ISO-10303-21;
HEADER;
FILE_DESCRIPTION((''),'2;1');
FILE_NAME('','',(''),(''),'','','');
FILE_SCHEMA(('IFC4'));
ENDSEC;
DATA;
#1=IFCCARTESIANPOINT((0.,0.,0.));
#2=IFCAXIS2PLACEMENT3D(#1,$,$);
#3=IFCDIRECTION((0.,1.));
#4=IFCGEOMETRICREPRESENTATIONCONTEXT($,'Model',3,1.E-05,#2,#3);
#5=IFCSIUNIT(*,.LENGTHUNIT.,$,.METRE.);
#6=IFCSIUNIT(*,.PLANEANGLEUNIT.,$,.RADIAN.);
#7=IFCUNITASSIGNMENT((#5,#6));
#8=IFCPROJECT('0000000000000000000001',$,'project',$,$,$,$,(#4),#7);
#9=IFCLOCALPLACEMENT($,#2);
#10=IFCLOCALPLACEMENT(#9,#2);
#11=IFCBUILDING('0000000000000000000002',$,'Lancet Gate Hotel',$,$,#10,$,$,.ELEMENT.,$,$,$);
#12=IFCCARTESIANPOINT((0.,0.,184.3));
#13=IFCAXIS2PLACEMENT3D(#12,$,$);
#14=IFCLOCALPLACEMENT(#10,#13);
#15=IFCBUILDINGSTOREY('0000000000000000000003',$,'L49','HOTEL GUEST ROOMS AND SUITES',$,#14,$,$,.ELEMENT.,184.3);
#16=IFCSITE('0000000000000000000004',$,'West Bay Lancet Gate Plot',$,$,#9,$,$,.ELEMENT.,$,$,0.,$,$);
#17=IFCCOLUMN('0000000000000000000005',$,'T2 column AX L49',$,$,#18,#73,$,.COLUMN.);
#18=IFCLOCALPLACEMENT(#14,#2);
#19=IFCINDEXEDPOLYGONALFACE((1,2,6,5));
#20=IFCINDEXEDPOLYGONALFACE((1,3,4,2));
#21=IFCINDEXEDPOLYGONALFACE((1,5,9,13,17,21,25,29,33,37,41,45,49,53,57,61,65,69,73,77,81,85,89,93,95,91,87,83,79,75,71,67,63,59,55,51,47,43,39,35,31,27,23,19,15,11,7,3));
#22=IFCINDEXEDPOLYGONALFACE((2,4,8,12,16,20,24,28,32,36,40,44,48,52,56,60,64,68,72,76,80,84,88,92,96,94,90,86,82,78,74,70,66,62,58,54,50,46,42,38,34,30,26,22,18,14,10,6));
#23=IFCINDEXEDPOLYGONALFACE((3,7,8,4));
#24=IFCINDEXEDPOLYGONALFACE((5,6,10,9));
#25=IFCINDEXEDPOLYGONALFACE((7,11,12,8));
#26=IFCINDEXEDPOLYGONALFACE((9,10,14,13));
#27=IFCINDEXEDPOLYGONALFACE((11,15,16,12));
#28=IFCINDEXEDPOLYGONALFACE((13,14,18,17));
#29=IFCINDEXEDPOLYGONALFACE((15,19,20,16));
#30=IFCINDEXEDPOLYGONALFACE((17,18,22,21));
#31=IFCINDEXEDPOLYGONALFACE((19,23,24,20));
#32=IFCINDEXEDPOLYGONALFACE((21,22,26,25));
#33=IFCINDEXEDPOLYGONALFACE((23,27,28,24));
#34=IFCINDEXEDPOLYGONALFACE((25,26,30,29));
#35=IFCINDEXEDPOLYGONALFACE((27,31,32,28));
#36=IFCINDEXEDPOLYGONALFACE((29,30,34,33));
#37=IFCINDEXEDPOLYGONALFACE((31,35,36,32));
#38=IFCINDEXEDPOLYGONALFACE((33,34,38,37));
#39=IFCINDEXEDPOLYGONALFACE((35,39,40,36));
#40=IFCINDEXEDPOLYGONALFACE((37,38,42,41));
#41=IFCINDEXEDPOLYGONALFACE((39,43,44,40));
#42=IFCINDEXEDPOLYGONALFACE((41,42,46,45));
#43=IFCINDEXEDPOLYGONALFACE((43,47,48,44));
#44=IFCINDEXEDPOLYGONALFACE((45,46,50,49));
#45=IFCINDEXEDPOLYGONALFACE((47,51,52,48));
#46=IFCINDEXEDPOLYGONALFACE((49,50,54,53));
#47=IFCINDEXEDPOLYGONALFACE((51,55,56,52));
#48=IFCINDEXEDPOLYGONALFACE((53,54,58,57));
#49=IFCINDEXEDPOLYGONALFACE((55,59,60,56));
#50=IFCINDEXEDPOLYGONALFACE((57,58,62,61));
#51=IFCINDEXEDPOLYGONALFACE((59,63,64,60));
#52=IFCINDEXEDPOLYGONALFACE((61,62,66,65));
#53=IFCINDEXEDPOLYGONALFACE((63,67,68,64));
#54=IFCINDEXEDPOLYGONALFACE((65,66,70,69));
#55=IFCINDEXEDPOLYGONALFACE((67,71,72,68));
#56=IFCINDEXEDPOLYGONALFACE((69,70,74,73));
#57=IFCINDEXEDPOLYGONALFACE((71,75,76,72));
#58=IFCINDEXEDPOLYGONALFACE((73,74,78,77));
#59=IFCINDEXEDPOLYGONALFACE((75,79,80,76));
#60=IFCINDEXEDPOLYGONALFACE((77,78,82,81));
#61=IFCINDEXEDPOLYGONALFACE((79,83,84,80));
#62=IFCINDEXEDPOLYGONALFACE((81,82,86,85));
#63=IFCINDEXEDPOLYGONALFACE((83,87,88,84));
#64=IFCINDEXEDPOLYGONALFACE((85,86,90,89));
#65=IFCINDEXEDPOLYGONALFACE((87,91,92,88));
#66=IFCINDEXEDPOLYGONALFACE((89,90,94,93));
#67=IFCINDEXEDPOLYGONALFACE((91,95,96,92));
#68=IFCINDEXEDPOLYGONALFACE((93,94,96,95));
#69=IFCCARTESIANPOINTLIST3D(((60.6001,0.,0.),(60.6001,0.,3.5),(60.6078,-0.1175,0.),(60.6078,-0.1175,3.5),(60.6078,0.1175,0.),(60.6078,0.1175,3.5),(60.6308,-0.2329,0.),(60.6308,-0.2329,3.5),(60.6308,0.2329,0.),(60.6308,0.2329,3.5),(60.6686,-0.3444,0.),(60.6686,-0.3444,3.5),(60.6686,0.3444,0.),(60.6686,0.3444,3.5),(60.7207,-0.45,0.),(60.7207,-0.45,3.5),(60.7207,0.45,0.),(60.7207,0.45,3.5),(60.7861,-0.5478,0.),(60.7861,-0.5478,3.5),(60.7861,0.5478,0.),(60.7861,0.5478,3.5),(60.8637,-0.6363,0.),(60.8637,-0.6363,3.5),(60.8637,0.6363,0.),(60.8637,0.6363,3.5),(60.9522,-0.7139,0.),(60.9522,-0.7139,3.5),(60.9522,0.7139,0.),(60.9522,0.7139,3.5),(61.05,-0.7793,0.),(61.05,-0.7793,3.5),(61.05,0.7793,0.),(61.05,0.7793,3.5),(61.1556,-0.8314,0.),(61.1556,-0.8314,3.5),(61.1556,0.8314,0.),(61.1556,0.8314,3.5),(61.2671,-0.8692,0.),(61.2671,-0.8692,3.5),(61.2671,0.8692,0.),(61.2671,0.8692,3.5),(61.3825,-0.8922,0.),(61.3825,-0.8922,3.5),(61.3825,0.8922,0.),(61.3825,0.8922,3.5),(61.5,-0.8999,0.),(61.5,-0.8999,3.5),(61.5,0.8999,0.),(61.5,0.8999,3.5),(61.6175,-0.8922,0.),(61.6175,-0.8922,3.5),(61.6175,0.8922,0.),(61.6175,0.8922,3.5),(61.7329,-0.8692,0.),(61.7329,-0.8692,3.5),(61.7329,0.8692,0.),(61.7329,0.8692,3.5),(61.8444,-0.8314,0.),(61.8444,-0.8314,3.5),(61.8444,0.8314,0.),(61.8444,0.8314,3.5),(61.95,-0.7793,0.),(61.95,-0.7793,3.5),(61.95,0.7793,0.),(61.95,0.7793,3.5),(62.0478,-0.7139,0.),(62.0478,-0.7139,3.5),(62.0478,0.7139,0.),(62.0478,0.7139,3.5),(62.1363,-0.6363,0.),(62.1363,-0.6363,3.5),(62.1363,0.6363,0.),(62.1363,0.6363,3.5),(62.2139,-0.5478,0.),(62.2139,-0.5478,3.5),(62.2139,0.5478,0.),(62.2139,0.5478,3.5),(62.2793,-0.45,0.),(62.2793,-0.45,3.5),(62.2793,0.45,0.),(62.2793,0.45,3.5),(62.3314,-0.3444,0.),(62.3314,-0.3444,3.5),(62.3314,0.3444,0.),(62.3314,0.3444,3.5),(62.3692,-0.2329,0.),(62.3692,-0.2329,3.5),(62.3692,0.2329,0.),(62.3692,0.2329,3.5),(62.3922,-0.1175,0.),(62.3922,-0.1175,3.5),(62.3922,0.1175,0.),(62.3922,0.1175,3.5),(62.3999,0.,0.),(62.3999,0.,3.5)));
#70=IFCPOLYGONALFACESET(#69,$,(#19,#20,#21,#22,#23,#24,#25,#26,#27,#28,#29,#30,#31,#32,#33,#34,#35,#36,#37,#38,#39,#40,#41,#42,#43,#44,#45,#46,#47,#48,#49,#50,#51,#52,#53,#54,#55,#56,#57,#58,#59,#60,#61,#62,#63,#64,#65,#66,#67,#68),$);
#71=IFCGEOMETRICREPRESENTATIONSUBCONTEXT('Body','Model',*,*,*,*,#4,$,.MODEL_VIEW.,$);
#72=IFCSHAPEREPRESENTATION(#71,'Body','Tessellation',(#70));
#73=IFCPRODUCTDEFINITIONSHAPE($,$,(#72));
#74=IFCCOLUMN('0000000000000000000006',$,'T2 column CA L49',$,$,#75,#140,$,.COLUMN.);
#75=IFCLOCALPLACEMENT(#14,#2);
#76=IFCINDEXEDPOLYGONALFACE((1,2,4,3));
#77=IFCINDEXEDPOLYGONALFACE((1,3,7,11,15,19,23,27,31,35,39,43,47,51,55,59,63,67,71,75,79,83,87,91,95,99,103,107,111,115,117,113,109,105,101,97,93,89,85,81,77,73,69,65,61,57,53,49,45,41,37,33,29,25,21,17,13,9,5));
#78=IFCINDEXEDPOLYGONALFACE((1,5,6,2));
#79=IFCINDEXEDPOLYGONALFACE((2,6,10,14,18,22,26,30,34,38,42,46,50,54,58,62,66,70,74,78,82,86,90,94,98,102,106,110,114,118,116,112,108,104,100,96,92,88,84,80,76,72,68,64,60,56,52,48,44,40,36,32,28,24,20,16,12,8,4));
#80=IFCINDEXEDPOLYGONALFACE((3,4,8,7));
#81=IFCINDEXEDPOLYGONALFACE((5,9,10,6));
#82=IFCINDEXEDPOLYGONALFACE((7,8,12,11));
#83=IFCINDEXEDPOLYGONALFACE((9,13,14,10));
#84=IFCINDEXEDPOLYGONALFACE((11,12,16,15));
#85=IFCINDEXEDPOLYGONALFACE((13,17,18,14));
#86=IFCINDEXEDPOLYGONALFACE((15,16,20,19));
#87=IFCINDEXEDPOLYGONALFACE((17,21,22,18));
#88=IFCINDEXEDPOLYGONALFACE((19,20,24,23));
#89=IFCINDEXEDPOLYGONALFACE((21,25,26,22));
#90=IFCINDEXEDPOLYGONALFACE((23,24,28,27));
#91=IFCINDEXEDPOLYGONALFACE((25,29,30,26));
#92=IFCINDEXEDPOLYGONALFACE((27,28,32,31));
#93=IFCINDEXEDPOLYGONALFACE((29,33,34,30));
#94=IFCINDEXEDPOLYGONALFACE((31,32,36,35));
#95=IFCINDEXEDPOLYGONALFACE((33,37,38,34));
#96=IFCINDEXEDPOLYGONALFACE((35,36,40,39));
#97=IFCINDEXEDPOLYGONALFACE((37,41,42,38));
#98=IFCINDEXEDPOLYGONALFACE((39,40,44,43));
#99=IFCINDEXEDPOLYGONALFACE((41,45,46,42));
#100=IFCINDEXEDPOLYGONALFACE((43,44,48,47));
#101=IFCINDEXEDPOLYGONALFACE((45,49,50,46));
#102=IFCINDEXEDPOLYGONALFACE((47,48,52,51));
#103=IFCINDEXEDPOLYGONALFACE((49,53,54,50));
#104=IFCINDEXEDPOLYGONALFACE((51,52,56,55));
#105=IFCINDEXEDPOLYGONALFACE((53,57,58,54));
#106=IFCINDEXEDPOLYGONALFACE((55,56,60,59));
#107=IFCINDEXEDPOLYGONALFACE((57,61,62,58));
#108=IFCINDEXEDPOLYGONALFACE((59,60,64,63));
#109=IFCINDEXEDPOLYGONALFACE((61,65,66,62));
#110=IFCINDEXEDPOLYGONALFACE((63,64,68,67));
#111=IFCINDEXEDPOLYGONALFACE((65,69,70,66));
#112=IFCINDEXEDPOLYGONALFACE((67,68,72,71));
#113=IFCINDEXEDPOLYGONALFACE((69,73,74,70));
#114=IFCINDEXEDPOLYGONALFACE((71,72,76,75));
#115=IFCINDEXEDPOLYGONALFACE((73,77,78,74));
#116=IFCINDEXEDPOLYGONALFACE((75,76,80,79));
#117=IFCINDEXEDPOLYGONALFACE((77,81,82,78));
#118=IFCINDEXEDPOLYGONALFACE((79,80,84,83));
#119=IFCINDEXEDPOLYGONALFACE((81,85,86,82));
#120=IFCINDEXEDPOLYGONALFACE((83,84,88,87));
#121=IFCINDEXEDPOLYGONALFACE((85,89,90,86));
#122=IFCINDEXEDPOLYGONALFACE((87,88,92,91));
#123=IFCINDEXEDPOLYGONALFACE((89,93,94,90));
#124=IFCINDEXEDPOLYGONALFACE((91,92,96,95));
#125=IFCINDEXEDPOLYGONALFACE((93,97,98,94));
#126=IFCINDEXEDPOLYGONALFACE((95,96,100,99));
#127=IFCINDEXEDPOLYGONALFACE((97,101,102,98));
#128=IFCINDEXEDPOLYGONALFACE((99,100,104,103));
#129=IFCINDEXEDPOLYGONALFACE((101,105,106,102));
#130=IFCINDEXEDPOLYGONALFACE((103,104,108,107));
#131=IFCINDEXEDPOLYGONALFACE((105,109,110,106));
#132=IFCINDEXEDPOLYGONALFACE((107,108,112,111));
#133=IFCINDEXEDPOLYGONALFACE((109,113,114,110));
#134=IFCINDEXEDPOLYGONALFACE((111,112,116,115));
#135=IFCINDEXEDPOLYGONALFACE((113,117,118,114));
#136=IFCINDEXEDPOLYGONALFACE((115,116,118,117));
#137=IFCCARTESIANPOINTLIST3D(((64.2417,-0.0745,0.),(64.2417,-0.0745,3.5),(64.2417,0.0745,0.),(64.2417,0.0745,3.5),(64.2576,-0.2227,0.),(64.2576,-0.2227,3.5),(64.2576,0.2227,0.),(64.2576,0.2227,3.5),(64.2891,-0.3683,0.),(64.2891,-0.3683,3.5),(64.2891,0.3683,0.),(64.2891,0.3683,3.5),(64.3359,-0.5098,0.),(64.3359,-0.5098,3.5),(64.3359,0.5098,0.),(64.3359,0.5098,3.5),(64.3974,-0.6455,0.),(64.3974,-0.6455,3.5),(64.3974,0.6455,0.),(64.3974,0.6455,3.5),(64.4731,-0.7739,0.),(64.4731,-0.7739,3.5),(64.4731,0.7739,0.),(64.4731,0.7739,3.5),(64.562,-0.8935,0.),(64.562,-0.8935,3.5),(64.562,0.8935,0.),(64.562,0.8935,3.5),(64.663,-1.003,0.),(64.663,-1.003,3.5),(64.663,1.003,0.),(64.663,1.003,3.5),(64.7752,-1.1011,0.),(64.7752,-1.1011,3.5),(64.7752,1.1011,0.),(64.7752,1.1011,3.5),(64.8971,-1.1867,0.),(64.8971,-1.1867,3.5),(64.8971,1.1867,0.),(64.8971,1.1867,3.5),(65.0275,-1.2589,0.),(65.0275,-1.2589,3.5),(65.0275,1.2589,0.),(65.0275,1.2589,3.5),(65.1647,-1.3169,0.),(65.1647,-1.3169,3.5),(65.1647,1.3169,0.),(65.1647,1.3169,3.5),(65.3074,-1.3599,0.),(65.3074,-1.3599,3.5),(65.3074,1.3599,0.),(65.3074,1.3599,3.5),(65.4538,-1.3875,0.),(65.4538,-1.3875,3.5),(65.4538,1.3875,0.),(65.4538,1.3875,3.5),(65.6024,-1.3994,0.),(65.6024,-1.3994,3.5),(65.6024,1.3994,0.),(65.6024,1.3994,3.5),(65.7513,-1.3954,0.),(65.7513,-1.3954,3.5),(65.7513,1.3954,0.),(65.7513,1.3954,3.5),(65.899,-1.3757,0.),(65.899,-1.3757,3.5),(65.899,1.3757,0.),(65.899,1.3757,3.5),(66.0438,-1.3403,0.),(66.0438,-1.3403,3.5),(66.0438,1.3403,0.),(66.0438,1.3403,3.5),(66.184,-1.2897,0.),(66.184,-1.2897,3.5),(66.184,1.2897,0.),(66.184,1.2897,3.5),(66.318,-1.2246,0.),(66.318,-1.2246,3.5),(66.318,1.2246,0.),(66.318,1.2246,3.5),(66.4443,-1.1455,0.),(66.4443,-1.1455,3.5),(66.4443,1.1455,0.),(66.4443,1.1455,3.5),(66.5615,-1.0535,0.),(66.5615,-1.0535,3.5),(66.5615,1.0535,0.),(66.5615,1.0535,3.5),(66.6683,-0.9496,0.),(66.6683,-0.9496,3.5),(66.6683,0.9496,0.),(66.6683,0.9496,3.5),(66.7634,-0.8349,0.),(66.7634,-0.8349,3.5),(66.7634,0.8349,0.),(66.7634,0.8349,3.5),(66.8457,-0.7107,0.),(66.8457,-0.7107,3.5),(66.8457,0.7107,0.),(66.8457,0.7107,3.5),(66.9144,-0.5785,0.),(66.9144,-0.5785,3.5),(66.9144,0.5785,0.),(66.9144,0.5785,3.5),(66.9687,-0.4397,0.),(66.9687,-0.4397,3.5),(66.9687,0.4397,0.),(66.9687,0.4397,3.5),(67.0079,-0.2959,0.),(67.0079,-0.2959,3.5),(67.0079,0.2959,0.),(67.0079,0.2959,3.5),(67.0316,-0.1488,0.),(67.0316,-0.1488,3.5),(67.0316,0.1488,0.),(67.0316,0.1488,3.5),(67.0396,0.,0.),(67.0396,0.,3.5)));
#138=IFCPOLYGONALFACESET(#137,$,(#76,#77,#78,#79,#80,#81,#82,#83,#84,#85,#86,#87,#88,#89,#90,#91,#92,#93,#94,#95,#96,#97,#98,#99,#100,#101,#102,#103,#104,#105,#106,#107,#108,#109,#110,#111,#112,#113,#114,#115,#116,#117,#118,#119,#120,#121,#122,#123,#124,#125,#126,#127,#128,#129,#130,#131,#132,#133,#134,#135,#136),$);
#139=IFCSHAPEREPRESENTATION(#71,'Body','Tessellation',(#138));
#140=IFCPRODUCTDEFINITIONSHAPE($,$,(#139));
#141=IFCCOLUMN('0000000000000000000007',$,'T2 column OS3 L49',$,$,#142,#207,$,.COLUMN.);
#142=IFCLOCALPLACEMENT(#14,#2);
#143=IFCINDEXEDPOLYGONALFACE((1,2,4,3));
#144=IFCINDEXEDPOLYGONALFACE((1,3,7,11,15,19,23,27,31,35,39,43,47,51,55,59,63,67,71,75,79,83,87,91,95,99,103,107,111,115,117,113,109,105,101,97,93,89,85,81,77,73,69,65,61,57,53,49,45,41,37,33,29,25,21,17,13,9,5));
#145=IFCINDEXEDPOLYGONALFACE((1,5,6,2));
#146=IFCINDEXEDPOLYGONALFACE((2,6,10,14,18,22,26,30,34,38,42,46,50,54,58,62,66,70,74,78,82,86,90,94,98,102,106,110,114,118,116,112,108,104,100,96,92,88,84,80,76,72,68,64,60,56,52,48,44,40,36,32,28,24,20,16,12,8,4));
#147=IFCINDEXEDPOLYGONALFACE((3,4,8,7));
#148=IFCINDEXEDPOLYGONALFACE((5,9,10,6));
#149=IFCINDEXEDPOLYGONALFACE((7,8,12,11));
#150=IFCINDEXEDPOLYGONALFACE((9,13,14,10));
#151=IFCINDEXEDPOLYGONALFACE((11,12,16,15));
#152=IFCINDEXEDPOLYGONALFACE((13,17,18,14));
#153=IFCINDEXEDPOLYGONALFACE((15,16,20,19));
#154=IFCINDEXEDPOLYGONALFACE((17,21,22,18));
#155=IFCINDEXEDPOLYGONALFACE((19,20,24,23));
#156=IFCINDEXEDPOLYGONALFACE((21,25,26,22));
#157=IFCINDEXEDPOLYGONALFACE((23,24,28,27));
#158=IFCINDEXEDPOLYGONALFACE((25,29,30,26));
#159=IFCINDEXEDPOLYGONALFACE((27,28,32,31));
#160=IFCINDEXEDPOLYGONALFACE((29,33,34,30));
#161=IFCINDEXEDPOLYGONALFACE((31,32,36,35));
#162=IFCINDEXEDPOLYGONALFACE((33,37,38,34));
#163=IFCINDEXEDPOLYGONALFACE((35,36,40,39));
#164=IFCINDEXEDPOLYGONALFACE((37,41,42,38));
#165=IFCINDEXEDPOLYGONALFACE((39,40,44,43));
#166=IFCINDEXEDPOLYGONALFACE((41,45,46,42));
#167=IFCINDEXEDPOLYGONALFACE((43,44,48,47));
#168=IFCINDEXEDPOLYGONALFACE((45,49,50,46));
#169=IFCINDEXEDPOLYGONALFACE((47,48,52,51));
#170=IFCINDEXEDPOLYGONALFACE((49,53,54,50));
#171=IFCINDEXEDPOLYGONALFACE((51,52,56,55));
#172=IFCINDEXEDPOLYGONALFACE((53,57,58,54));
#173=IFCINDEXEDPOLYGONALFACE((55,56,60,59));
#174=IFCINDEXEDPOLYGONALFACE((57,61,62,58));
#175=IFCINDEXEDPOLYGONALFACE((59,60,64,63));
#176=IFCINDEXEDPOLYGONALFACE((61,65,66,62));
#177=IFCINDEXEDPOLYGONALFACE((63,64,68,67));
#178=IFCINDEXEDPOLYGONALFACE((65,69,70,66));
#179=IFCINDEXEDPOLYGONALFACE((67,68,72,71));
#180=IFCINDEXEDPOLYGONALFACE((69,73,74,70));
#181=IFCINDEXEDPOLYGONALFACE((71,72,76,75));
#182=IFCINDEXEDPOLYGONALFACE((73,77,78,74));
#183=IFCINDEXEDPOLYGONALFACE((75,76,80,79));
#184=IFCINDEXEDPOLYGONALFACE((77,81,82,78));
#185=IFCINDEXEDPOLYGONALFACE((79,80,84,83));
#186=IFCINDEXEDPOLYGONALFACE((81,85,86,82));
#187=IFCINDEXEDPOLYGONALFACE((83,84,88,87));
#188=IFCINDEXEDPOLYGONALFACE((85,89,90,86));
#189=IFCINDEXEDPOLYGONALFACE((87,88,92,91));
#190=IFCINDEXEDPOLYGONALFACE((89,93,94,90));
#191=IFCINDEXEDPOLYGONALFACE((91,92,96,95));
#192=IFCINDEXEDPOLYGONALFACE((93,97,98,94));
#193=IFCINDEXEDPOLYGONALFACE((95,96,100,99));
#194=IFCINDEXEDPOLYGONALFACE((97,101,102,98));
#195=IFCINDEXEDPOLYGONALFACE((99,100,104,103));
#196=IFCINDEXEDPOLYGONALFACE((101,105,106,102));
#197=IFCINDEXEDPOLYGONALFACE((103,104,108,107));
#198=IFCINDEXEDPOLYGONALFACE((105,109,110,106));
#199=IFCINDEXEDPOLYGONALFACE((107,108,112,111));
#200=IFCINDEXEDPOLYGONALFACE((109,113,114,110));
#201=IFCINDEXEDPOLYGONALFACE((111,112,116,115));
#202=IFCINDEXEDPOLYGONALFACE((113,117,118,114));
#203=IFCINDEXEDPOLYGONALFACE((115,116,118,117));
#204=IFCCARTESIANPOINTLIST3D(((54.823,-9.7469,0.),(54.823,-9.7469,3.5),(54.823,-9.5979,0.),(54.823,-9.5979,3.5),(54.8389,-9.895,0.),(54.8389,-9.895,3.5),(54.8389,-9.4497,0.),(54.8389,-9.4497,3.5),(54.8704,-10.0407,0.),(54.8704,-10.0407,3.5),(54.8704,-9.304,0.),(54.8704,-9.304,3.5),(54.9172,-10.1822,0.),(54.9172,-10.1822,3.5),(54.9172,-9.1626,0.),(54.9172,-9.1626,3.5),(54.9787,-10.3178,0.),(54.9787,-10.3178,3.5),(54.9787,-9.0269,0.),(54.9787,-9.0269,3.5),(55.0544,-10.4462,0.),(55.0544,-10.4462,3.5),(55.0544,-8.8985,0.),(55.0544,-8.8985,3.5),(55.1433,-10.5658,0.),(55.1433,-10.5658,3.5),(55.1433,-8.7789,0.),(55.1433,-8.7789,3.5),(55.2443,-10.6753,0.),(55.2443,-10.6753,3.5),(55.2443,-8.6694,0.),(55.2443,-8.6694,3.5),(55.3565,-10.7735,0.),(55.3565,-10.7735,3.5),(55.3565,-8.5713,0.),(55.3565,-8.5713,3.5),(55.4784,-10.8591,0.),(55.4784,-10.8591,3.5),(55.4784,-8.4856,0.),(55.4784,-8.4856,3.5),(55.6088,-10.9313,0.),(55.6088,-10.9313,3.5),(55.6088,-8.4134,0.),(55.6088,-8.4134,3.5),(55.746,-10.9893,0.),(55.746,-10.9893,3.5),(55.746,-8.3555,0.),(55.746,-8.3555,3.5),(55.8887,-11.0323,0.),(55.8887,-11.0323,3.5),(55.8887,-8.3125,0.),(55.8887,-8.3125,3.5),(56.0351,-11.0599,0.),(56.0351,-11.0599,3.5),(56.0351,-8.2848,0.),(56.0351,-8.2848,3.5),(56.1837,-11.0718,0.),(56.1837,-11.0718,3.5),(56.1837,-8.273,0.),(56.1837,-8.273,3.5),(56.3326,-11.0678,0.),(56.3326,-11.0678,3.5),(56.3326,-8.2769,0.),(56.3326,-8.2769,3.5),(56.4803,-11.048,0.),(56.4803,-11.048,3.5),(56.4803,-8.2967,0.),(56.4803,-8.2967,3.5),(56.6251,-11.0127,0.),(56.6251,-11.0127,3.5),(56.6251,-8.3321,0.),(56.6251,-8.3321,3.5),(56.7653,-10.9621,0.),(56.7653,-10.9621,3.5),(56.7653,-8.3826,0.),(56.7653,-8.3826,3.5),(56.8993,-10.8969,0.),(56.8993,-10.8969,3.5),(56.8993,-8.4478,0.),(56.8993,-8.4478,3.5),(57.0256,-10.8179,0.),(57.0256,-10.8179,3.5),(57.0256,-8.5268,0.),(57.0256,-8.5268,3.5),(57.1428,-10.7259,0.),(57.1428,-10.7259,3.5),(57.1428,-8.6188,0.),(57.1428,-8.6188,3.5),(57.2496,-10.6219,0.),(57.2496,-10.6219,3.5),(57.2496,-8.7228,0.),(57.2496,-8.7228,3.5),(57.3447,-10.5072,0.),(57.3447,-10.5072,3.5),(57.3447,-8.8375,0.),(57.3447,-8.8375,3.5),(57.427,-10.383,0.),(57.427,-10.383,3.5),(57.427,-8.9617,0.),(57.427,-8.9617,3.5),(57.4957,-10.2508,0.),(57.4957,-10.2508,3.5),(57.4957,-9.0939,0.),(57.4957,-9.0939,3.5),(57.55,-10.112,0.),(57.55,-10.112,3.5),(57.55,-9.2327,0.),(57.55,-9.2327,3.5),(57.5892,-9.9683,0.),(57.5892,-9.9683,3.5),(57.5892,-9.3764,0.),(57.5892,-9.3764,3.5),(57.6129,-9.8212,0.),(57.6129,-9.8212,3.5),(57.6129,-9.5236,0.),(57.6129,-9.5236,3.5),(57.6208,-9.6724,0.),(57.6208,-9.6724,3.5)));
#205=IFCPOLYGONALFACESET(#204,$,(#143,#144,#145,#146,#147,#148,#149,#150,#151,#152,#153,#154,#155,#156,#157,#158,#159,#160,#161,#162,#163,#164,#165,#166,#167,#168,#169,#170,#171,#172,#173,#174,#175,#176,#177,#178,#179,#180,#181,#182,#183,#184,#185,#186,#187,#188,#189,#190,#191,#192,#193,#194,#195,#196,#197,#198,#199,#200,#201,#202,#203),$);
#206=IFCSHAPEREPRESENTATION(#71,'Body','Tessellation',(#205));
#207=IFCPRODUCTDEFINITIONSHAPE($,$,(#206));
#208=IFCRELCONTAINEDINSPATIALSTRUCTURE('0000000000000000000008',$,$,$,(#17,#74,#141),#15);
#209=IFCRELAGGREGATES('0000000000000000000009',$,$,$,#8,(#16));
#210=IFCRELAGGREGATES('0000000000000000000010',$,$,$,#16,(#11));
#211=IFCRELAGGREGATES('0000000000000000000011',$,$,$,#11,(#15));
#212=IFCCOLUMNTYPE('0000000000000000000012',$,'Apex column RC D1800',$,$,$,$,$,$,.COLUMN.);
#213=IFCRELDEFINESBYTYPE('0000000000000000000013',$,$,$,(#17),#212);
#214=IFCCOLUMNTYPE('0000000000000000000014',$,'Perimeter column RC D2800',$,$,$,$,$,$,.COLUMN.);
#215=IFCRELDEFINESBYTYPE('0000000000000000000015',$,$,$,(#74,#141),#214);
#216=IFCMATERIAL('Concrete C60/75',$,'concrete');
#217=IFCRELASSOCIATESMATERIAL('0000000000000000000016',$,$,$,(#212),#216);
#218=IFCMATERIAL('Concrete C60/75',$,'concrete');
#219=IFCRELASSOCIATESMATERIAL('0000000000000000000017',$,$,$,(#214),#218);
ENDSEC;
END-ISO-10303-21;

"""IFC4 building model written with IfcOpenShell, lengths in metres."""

from ifc_helpers import new_model, si_unit, direction, frame, origin, origin_2d, place, context, subcontext, project, spatial, circle, extrude, material, material_profile, profile_set, type_object, element, save


model = new_model("IFC4")

# Units and contexts
model_context = context("Model", 3, precision=1e-05, world=origin(), true_north=direction((0.0, 1.0)))
body_context = subcontext(model_context, "Body", "Model", "MODEL_VIEW")
ifc_project = project(units=[si_unit("LENGTHUNIT", "METRE"), si_unit("PLANEANGLEUNIT", "RADIAN")], contexts=[model_context])

# Site, building, storey
site_placement = place(None, origin())
site = spatial("IfcSite", under=ifc_project, at=site_placement, Name="West Bay Lancet Gate Plot", CompositionType="ELEMENT", RefElevation=0.0)
building_placement = place(site_placement, origin())
building = spatial("IfcBuilding", under=site, at=building_placement, Name="Lancet Gate Hotel", CompositionType="ELEMENT")
storey_placement = place(building_placement, frame((0.0, 0.0, 184.3)))
storey = spatial("IfcBuildingStorey", under=building, at=storey_placement, Name="L49", Description="HOTEL GUEST ROOMS AND SUITES", CompositionType="ELEMENT", Elevation=184.3)

# Columns
ifc_material_1 = material(Name="Concrete C60/75", Category="concrete")
ifc_material_profile_1 = material_profile(ifc_material_1, circle(Radius=0.8999, at=origin_2d()), Name="RC D1800")
ifc_profile_set_1 = profile_set([ifc_material_profile_1], Name="Concrete C60/75")
column_type_1 = type_object("IfcColumnType", Name="Apex column RC D1800", PredefinedType="COLUMN", material=ifc_profile_set_1)
column_placement = place(storey_placement, frame((61.5, 0.0, 0.0), z_axis=(0.0, 0.0, 1.0), x_axis=(1.0, 0.0, 0.0)))
element("IfcColumn", 1, at=column_placement, inside=storey, type_object=column_type_1, Name="T2 column AX L49", PredefinedType="COLUMN", context=body_context, shape_type="SweptSolid", body=[
    extrude(circle(Radius=0.8999, at=origin_2d()), origin(), (0.0, 0.0, 1.0), 3.5),
])
ifc_material_2 = material(Name="Concrete C60/75", Category="concrete")
ifc_material_profile_2 = material_profile(ifc_material_2, circle(Radius=1.3999, at=origin_2d()), Name="RC D2800")
ifc_profile_set_2 = profile_set([ifc_material_profile_2], Name="Concrete C60/75")
column_type_2 = type_object("IfcColumnType", Name="Perimeter column RC D2800", PredefinedType="COLUMN", material=ifc_profile_set_2)
for number, where, z_axis, x_axis, name in (
    (2, (65.6396, 0.0, 0.0), (0.0, 0.0, 1.0), (1.0, 0.0, 0.0), "T2 column CA L49"),
    (3, (56.2209, -9.6724, 0.0), (0.0, 0.0, 1.0), (1.0, 0.0, 0.0), "T2 column OS3 L49"),
):
    element("IfcColumn", number, at=place(storey_placement, frame(where, z_axis=z_axis, x_axis=x_axis)), inside=storey, type_object=column_type_2, Name=name, PredefinedType="COLUMN", context=body_context, shape_type="SweptSolid", body=[
        extrude(circle(Radius=1.3999, at=origin_2d()), origin(), (0.0, 0.0, 1.0), 3.5),
    ])

save(model, "model.ifc")
